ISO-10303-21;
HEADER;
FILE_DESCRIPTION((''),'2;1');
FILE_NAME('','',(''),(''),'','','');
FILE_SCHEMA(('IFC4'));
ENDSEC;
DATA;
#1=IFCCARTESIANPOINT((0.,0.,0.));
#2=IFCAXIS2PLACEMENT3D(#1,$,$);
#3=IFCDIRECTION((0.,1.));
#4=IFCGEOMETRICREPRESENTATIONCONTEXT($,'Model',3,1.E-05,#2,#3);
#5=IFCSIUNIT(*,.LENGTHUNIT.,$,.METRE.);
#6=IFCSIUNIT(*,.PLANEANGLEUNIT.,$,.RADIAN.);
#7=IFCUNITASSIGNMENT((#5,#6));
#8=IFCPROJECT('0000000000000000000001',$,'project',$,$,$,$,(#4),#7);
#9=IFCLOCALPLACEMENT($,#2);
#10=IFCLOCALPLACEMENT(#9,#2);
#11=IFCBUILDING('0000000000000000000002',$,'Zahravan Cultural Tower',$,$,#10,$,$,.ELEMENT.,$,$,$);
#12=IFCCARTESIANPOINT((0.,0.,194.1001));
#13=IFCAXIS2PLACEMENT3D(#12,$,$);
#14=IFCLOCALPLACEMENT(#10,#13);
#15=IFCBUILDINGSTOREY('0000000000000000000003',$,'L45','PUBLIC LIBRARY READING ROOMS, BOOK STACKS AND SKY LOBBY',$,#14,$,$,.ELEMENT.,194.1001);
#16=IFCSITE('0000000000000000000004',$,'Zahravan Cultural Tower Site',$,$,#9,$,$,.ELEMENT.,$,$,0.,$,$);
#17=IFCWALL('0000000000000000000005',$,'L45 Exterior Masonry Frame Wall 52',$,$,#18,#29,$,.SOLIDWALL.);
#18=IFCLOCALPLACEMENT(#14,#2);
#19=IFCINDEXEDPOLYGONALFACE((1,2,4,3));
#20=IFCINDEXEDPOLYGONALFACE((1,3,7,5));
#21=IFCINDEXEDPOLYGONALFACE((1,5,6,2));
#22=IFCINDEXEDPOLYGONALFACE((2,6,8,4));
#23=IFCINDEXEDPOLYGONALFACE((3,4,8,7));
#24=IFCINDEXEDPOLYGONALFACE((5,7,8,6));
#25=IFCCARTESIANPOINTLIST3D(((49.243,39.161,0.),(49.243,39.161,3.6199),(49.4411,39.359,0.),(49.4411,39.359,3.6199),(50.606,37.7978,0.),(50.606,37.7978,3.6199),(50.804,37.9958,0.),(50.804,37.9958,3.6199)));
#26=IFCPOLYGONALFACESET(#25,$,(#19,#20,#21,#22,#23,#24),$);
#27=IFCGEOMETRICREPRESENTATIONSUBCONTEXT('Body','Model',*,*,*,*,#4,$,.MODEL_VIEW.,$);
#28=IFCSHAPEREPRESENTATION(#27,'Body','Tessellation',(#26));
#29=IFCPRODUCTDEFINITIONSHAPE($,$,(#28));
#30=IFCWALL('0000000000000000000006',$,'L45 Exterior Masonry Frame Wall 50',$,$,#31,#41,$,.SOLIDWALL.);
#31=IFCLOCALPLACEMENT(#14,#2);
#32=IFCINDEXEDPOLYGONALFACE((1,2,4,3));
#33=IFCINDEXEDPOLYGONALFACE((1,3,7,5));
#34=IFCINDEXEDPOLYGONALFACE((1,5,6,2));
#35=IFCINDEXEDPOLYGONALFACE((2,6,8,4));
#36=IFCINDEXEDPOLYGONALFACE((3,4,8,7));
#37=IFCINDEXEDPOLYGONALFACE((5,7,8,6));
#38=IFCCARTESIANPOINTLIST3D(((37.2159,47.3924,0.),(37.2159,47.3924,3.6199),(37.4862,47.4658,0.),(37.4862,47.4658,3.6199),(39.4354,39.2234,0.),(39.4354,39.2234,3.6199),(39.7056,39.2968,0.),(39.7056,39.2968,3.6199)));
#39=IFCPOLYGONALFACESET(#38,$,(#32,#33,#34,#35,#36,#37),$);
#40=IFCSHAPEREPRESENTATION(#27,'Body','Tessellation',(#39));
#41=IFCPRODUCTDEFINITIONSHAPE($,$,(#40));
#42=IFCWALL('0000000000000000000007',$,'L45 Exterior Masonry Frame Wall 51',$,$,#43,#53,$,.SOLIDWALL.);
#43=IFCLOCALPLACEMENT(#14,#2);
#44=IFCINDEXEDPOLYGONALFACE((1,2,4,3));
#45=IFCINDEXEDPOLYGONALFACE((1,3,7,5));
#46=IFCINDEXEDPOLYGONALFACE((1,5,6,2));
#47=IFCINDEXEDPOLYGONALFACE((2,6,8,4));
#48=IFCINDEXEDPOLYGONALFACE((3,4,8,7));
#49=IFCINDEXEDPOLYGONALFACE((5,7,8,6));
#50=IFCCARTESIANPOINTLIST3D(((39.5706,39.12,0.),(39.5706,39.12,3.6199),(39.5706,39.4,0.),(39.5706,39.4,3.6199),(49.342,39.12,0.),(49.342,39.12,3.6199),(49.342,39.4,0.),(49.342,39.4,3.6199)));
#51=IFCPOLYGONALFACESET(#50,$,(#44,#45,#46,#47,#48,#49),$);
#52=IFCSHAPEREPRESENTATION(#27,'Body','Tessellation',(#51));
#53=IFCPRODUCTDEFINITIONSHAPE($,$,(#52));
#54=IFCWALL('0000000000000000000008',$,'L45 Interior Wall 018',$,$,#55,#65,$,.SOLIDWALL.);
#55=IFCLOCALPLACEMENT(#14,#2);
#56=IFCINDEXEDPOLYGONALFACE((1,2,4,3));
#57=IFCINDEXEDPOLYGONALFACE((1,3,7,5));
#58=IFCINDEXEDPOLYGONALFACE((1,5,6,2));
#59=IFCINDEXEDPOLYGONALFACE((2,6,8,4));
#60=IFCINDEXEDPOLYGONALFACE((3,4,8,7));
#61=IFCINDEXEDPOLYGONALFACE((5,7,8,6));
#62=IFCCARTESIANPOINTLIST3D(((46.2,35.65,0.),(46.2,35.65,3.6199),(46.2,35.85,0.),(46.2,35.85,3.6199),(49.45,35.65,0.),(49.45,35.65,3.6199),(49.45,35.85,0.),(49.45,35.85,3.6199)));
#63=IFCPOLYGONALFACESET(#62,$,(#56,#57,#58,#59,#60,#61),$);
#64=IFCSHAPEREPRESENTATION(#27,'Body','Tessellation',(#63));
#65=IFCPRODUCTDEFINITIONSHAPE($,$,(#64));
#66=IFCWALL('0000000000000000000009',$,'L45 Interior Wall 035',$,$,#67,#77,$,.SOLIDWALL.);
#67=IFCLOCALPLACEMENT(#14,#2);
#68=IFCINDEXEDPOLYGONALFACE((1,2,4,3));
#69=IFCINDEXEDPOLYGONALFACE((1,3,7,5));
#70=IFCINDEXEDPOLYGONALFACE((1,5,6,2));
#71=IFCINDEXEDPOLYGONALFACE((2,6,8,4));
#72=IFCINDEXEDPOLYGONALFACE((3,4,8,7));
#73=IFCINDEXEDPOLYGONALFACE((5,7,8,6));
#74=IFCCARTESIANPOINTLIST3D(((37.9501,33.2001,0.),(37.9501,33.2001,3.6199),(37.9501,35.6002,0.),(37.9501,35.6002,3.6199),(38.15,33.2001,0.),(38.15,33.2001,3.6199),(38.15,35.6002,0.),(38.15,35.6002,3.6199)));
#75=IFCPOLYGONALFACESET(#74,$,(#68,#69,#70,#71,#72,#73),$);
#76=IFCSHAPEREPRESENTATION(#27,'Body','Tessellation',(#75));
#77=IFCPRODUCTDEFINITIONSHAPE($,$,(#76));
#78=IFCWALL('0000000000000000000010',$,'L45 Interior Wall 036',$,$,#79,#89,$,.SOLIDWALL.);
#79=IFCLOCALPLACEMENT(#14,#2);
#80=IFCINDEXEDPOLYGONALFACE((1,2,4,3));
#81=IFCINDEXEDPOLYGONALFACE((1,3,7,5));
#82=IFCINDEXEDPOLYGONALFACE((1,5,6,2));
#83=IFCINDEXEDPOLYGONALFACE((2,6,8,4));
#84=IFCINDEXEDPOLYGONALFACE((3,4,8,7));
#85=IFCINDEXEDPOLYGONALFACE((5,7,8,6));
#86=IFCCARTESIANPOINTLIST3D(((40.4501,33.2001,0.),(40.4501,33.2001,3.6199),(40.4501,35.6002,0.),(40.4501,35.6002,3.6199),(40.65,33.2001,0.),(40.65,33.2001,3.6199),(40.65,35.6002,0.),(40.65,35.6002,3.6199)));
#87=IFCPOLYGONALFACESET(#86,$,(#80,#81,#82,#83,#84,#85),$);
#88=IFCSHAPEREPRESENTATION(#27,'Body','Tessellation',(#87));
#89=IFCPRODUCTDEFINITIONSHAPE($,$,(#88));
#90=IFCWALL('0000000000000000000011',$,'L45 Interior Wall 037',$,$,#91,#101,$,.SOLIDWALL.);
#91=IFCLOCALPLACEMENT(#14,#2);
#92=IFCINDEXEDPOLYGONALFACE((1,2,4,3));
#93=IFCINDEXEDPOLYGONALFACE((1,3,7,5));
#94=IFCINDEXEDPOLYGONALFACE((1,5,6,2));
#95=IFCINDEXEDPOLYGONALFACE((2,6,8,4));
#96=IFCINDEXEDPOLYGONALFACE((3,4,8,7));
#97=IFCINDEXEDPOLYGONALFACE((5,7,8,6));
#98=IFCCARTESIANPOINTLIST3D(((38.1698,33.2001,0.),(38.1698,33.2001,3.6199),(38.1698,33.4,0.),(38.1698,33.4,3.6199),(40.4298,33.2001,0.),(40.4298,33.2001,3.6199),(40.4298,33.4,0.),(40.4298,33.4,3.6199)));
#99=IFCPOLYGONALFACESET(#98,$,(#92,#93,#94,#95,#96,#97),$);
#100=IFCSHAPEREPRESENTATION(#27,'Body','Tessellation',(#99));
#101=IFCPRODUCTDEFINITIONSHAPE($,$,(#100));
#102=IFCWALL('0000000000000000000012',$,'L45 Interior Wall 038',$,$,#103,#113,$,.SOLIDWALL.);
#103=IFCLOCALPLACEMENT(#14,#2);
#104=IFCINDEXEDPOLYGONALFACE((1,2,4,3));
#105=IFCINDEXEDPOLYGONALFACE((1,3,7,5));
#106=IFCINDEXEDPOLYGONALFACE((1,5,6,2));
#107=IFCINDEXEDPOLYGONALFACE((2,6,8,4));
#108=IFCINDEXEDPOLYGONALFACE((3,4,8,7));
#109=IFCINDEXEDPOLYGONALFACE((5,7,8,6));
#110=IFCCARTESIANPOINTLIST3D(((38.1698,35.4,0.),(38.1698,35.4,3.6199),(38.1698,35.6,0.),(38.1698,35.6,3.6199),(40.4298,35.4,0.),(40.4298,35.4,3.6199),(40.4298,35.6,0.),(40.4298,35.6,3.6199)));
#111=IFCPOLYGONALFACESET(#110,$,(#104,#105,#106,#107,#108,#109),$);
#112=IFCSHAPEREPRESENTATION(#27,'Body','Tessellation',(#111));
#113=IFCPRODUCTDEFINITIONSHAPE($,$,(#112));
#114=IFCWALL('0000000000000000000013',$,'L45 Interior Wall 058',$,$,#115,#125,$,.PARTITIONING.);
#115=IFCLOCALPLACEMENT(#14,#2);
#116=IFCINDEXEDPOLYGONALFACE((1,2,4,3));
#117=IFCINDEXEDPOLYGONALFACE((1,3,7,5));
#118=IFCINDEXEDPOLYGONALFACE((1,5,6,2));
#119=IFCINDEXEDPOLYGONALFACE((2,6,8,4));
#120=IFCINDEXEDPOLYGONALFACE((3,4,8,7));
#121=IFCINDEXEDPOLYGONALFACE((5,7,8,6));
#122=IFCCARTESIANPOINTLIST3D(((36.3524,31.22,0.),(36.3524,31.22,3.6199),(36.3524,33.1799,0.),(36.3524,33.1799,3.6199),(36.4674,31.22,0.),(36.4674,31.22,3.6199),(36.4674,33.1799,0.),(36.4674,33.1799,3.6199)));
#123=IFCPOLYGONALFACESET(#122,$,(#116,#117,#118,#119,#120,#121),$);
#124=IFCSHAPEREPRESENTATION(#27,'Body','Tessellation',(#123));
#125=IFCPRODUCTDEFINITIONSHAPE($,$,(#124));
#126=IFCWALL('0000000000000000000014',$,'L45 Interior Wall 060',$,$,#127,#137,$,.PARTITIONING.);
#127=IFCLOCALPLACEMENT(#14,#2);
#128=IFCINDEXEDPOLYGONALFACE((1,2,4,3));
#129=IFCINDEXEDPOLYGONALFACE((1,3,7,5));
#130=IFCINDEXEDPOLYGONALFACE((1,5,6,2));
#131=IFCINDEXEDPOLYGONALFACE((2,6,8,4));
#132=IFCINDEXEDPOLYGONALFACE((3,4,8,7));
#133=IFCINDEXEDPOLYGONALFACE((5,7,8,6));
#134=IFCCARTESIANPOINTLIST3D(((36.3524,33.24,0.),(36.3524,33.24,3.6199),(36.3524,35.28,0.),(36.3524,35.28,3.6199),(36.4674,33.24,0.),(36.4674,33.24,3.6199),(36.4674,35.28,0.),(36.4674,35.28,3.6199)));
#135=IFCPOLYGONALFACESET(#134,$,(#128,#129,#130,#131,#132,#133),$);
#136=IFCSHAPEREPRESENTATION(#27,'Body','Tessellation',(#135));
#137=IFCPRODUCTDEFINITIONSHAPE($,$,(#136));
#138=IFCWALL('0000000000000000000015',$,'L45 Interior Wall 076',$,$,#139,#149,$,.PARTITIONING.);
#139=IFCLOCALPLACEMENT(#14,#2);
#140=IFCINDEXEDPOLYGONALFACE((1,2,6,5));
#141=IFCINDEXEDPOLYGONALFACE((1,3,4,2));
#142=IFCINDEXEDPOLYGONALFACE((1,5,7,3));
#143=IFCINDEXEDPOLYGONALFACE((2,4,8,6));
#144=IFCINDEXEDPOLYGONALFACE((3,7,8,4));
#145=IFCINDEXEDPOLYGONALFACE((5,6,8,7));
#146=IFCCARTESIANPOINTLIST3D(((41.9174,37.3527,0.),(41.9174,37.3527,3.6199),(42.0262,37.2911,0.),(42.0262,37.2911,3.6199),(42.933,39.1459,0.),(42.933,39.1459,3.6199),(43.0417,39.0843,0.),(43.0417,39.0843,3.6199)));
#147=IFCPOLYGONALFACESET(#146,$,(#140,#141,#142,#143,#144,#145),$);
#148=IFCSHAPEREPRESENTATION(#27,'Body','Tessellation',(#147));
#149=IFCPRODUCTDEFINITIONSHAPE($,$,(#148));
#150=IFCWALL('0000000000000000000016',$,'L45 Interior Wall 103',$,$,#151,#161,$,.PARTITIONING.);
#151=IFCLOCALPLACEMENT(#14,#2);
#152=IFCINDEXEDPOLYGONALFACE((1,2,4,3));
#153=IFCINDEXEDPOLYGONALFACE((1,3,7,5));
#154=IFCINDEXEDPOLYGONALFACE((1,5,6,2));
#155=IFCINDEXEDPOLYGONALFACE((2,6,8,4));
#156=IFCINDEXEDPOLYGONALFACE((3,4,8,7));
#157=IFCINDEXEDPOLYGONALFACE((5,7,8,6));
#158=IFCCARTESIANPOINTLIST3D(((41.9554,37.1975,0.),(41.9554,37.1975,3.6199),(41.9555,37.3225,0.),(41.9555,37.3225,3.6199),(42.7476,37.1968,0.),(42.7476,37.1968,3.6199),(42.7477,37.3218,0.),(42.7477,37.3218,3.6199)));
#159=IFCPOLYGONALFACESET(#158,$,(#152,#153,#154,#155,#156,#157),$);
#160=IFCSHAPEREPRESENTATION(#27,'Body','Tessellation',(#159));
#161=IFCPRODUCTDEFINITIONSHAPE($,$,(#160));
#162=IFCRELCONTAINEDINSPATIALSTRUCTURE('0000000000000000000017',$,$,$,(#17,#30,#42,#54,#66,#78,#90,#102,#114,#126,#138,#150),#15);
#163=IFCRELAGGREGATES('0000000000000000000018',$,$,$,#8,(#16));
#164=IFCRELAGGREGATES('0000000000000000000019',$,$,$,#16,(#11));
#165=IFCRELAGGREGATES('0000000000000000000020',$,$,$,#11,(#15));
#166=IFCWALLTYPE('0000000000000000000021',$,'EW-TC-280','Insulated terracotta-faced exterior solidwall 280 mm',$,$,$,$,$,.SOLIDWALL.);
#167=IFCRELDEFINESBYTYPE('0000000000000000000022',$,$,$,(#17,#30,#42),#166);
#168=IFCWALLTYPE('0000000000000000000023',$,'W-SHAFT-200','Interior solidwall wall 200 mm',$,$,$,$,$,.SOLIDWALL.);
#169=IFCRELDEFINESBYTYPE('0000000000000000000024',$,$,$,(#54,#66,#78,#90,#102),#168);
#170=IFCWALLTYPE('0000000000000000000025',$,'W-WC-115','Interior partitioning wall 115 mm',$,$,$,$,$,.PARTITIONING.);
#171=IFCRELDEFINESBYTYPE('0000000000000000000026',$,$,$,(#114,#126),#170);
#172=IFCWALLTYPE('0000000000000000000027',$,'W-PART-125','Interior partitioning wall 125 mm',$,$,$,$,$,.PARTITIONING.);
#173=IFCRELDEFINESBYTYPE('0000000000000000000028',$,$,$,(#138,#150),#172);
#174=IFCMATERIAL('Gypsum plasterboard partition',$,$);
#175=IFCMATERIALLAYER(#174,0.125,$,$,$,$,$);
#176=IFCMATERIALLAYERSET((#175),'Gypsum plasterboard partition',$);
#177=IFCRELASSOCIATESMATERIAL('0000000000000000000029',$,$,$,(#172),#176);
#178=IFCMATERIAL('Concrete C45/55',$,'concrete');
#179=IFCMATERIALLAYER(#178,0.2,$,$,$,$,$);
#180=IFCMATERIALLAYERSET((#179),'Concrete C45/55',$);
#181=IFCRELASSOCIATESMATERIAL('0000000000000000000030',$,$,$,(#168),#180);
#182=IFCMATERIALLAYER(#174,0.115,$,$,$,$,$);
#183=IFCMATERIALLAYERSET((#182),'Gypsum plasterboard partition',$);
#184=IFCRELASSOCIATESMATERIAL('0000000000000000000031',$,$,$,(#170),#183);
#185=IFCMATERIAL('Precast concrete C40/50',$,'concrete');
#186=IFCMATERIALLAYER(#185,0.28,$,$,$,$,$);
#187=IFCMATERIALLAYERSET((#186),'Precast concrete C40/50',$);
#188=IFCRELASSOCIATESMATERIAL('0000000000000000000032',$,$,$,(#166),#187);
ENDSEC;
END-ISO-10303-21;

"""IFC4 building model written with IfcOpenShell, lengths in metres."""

from ifc_helpers import new_model, si_unit, direction, frame, frame_2d, origin, place, context, subcontext, project, spatial, rectangle, extrude, source, transform, mapped, material, layer, layer_set, type_object, element, save


model = new_model("IFC4")

# Units and contexts
model_context = context("Model", 3, precision=1e-05, world=origin(), true_north=direction((0.0, 1.0)))
body_context = subcontext(model_context, "Body", "Model", "MODEL_VIEW")
ifc_project = project(units=[si_unit("LENGTHUNIT", "METRE"), si_unit("PLANEANGLEUNIT", "RADIAN")], contexts=[model_context])

# Site, building, storey
site_placement = place(None, origin())
site = spatial("IfcSite", under=ifc_project, at=site_placement, Name="Zahravan Cultural Tower Site", CompositionType="ELEMENT", RefElevation=0.0)
building_placement = place(site_placement, origin())
building = spatial("IfcBuilding", under=site, at=building_placement, Name="Zahravan Cultural Tower", CompositionType="ELEMENT")
storey_placement = place(building_placement, frame((0.0, 0.0, 194.1001)))
storey = spatial("IfcBuildingStorey", under=building, at=storey_placement, Name="L45", Description="PUBLIC LIBRARY READING ROOMS, BOOK STACKS AND SKY LOBBY", CompositionType="ELEMENT", Elevation=194.1001)

# Shared definitions
ifc_material_1 = material(Name="Gypsum plasterboard partition")
ifc_layer_1 = layer(ifc_material_1, 0.125)
ifc_layer_set_1 = layer_set([ifc_layer_1], Name="Gypsum plasterboard partition")
wall_type_1 = type_object("IfcWallType", Name="W-PART-125", Description="Interior partitioning wall 125 mm", PredefinedType="PARTITIONING", material=ifc_layer_set_1)
ifc_material_2 = material(Name="Concrete C45/55", Category="concrete")
ifc_layer_2 = layer(ifc_material_2, 0.2)
ifc_layer_set_2 = layer_set([ifc_layer_2], Name="Concrete C45/55")
wall_type_2 = type_object("IfcWallType", Name="W-SHAFT-200", Description="Interior solidwall wall 200 mm", PredefinedType="SOLIDWALL", material=ifc_layer_set_2)
ifc_layer_3 = layer(ifc_material_1, 0.115)
ifc_layer_set_3 = layer_set([ifc_layer_3], Name="Gypsum plasterboard partition")
wall_type_3 = type_object("IfcWallType", Name="W-WC-115", Description="Interior partitioning wall 115 mm", PredefinedType="PARTITIONING", material=ifc_layer_set_3)

# Walls
ifc_material_3 = material(Name="Precast concrete C40/50", Category="concrete")
ifc_layer_4 = layer(ifc_material_3, 0.28)
ifc_layer_set_4 = layer_set([ifc_layer_4], Name="Precast concrete C40/50")
wall_type_4 = type_object("IfcWallType", Name="EW-TC-280", Description="Insulated terracotta-faced exterior solidwall 280 mm", PredefinedType="SOLIDWALL", material=ifc_layer_set_4)
shared_shape_1 = source(origin(), body_context, "Body", "SweptSolid", [
    extrude(rectangle(XDim=1.9277, YDim=0.28, at=frame_2d((0.9639, 0.0))), origin(), (0.0, 0.0, 1.0), 3.6199),
])
wall_1_placement = place(storey_placement, frame((49.342, 39.26, 0.0), z_axis=(0.0, 0.0, 1.0), x_axis=(0.707043, -0.70717, 0.0)))
element("IfcWall", 1, at=wall_1_placement, inside=storey, type_object=wall_type_4, Name="L45 Exterior Masonry Frame Wall 52", PredefinedType="SOLIDWALL", context=body_context, shape_type="MappedRepresentation", body=[
    mapped(shared_shape_1, transform((0.0, 0.0, 0.0), x_axis=(1.0, 0.0, 0.0), y_axis=(0.0, 1.0, 0.0), z_axis=(0.0, 0.0, 1.0), scale=1.0)),
])
shared_shape_2 = source(origin(), body_context, "Body", "SweptSolid", [
    extrude(rectangle(XDim=8.4651, YDim=0.28, at=frame_2d((4.2324, 0.0))), origin(), (0.0, 0.0, 1.0), 3.6199),
])
wall_2_placement = place(storey_placement, frame((37.3511, 47.429, 0.0), z_axis=(0.0, 0.0, 1.0), x_axis=(0.262192, -0.965016, 0.0)))
element("IfcWall", 2, at=wall_2_placement, inside=storey, type_object=wall_type_4, Name="L45 Exterior Masonry Frame Wall 50", PredefinedType="SOLIDWALL", context=body_context, shape_type="MappedRepresentation", body=[
    mapped(shared_shape_2, transform((0.0, 0.0, 0.0), x_axis=(1.0, 0.0, 0.0), y_axis=(0.0, 1.0, 0.0), z_axis=(0.0, 0.0, 1.0), scale=1.0)),
])
shared_shape_3 = source(origin(), body_context, "Body", "SweptSolid", [
    extrude(rectangle(XDim=9.7715, YDim=0.28, at=frame_2d((4.8857, 0.0))), origin(), (0.0, 0.0, 1.0), 3.6199),
])
wall_3_placement = place(storey_placement, frame((39.5706, 39.26, 0.0), z_axis=(0.0, 0.0, 1.0), x_axis=(1.0, 0.0, 0.0)))
element("IfcWall", 3, at=wall_3_placement, inside=storey, type_object=wall_type_4, Name="L45 Exterior Masonry Frame Wall 51", PredefinedType="SOLIDWALL", context=body_context, shape_type="MappedRepresentation", body=[
    mapped(shared_shape_3, transform((0.0, 0.0, 0.0), x_axis=(1.0, 0.0, 0.0), y_axis=(0.0, 1.0, 0.0), z_axis=(0.0, 0.0, 1.0), scale=1.0)),
])
shared_shape_4 = source(origin(), body_context, "Body", "SweptSolid", [
    extrude(rectangle(XDim=3.25, YDim=0.2, at=frame_2d((1.625, 0.0))), origin(), (0.0, 0.0, 1.0), 3.6199),
])
wall_4_placement = place(storey_placement, frame((46.2, 35.75, 0.0), z_axis=(0.0, 0.0, 1.0), x_axis=(1.0, 0.0, 0.0)))
element("IfcWall", 4, at=wall_4_placement, inside=storey, type_object=wall_type_2, Name="L45 Interior Wall 018", PredefinedType="SOLIDWALL", context=body_context, shape_type="MappedRepresentation", body=[
    mapped(shared_shape_4, transform((0.0, 0.0, 0.0), x_axis=(1.0, 0.0, 0.0), y_axis=(0.0, 1.0, 0.0), z_axis=(0.0, 0.0, 1.0), scale=1.0)),
])
shared_shape_5 = source(origin(), body_context, "Body", "SweptSolid", [
    extrude(rectangle(XDim=2.4001, YDim=0.2, at=frame_2d((1.2002, 0.0))), origin(), (0.0, 0.0, 1.0), 3.6199),
])
for number, where, z_axis, x_axis, name in (
    (5, (38.05, 33.2, 0.0), (0.0, 0.0, 1.0), (0.0, 1.0, 0.0), "L45 Interior Wall 035"),
    (6, (40.55, 33.2, 0.0), (0.0, 0.0, 1.0), (0.0, 1.0, 0.0), "L45 Interior Wall 036"),
):
    element("IfcWall", number, at=place(storey_placement, frame(where, z_axis=z_axis, x_axis=x_axis)), inside=storey, type_object=wall_type_2, Name=name, PredefinedType="SOLIDWALL", context=body_context, shape_type="MappedRepresentation", body=[
        mapped(shared_shape_5, transform((0.0, 0.0, 0.0), x_axis=(1.0, 0.0, 0.0), y_axis=(0.0, 1.0, 0.0), z_axis=(0.0, 0.0, 1.0), scale=1.0)),
    ])
shared_shape_6 = source(origin(), body_context, "Body", "SweptSolid", [
    extrude(rectangle(XDim=2.26, YDim=0.2, at=frame_2d((1.1299, 0.0))), origin(), (0.0, 0.0, 1.0), 3.6199),
])
for number, where, z_axis, x_axis, name in (
    (7, (38.1699, 33.3, 0.0), (0.0, 0.0, 1.0), (1.0, 0.0, 0.0), "L45 Interior Wall 037"),
    (8, (38.1699, 35.5, 0.0), (0.0, 0.0, 1.0), (1.0, 0.0, 0.0), "L45 Interior Wall 038"),
):
    element("IfcWall", number, at=place(storey_placement, frame(where, z_axis=z_axis, x_axis=x_axis)), inside=storey, type_object=wall_type_2, Name=name, PredefinedType="SOLIDWALL", context=body_context, shape_type="MappedRepresentation", body=[
        mapped(shared_shape_6, transform((0.0, 0.0, 0.0), x_axis=(1.0, 0.0, 0.0), y_axis=(0.0, 1.0, 0.0), z_axis=(0.0, 0.0, 1.0), scale=1.0)),
    ])
shared_shape_7 = source(origin(), body_context, "Body", "SweptSolid", [
    extrude(rectangle(XDim=1.96, YDim=0.115, at=frame_2d((0.98, 0.0))), origin(), (0.0, 0.0, 1.0), 3.6199),
])
wall_5_placement = place(storey_placement, frame((36.4099, 33.1799, 0.0), z_axis=(0.0, 0.0, 1.0), x_axis=(0.0, -1.0, 0.0)))
element("IfcWall", 9, at=wall_5_placement, inside=storey, type_object=wall_type_3, Name="L45 Interior Wall 058", PredefinedType="PARTITIONING", context=body_context, shape_type="MappedRepresentation", body=[
    mapped(shared_shape_7, transform((0.0, 0.0, 0.0), x_axis=(1.0, 0.0, 0.0), y_axis=(0.0, 1.0, 0.0), z_axis=(0.0, 0.0, 1.0), scale=1.0)),
])
shared_shape_8 = source(origin(), body_context, "Body", "SweptSolid", [
    extrude(rectangle(XDim=2.04, YDim=0.115, at=frame_2d((1.02, 0.0))), origin(), (0.0, 0.0, 1.0), 3.6199),
])
wall_6_placement = place(storey_placement, frame((36.4099, 35.28, 0.0), z_axis=(0.0, 0.0, 1.0), x_axis=(0.0, -1.0, 0.0)))
element("IfcWall", 10, at=wall_6_placement, inside=storey, type_object=wall_type_3, Name="L45 Interior Wall 060", PredefinedType="PARTITIONING", context=body_context, shape_type="MappedRepresentation", body=[
    mapped(shared_shape_8, transform((0.0, 0.0, 0.0), x_axis=(1.0, 0.0, 0.0), y_axis=(0.0, 1.0, 0.0), z_axis=(0.0, 0.0, 1.0), scale=1.0)),
])
shared_shape_9 = source(origin(), body_context, "Body", "SweptSolid", [
    extrude(rectangle(XDim=2.0608, YDim=0.125, at=frame_2d((1.0303, 0.0))), origin(), (0.0, 0.0, 1.0), 3.6199),
])
wall_7_placement = place(storey_placement, frame((42.9873, 39.115, 0.0), z_axis=(0.0, 0.0, 1.0), x_axis=(-0.492818, -0.870132, 0.0)))
element("IfcWall", 11, at=wall_7_placement, inside=storey, type_object=wall_type_1, Name="L45 Interior Wall 076", PredefinedType="PARTITIONING", context=body_context, shape_type="MappedRepresentation", body=[
    mapped(shared_shape_9, transform((0.0, 0.0, 0.0), x_axis=(1.0, 0.0, 0.0), y_axis=(0.0, 1.0, 0.0), z_axis=(0.0, 0.0, 1.0), scale=1.0)),
])
shared_shape_10 = source(origin(), body_context, "Body", "SweptSolid", [
    extrude(rectangle(XDim=0.7922, YDim=0.125, at=frame_2d((0.396, 0.0))), origin(), (0.0, 0.0, 1.0), 3.6199),
])
wall_8_placement = place(storey_placement, frame((42.7476, 37.2593, 0.0), z_axis=(0.0, 0.0, 1.0), x_axis=(-1.0, 0.000924, 0.0)))
element("IfcWall", 12, at=wall_8_placement, inside=storey, type_object=wall_type_1, Name="L45 Interior Wall 103", PredefinedType="PARTITIONING", context=body_context, shape_type="MappedRepresentation", body=[
    mapped(shared_shape_10, transform((0.0, 0.0, 0.0), x_axis=(1.0, 0.0, 0.0), y_axis=(0.0, 1.0, 0.0), z_axis=(0.0, 0.0, 1.0), scale=1.0)),
])

save(model, "model.ifc")
